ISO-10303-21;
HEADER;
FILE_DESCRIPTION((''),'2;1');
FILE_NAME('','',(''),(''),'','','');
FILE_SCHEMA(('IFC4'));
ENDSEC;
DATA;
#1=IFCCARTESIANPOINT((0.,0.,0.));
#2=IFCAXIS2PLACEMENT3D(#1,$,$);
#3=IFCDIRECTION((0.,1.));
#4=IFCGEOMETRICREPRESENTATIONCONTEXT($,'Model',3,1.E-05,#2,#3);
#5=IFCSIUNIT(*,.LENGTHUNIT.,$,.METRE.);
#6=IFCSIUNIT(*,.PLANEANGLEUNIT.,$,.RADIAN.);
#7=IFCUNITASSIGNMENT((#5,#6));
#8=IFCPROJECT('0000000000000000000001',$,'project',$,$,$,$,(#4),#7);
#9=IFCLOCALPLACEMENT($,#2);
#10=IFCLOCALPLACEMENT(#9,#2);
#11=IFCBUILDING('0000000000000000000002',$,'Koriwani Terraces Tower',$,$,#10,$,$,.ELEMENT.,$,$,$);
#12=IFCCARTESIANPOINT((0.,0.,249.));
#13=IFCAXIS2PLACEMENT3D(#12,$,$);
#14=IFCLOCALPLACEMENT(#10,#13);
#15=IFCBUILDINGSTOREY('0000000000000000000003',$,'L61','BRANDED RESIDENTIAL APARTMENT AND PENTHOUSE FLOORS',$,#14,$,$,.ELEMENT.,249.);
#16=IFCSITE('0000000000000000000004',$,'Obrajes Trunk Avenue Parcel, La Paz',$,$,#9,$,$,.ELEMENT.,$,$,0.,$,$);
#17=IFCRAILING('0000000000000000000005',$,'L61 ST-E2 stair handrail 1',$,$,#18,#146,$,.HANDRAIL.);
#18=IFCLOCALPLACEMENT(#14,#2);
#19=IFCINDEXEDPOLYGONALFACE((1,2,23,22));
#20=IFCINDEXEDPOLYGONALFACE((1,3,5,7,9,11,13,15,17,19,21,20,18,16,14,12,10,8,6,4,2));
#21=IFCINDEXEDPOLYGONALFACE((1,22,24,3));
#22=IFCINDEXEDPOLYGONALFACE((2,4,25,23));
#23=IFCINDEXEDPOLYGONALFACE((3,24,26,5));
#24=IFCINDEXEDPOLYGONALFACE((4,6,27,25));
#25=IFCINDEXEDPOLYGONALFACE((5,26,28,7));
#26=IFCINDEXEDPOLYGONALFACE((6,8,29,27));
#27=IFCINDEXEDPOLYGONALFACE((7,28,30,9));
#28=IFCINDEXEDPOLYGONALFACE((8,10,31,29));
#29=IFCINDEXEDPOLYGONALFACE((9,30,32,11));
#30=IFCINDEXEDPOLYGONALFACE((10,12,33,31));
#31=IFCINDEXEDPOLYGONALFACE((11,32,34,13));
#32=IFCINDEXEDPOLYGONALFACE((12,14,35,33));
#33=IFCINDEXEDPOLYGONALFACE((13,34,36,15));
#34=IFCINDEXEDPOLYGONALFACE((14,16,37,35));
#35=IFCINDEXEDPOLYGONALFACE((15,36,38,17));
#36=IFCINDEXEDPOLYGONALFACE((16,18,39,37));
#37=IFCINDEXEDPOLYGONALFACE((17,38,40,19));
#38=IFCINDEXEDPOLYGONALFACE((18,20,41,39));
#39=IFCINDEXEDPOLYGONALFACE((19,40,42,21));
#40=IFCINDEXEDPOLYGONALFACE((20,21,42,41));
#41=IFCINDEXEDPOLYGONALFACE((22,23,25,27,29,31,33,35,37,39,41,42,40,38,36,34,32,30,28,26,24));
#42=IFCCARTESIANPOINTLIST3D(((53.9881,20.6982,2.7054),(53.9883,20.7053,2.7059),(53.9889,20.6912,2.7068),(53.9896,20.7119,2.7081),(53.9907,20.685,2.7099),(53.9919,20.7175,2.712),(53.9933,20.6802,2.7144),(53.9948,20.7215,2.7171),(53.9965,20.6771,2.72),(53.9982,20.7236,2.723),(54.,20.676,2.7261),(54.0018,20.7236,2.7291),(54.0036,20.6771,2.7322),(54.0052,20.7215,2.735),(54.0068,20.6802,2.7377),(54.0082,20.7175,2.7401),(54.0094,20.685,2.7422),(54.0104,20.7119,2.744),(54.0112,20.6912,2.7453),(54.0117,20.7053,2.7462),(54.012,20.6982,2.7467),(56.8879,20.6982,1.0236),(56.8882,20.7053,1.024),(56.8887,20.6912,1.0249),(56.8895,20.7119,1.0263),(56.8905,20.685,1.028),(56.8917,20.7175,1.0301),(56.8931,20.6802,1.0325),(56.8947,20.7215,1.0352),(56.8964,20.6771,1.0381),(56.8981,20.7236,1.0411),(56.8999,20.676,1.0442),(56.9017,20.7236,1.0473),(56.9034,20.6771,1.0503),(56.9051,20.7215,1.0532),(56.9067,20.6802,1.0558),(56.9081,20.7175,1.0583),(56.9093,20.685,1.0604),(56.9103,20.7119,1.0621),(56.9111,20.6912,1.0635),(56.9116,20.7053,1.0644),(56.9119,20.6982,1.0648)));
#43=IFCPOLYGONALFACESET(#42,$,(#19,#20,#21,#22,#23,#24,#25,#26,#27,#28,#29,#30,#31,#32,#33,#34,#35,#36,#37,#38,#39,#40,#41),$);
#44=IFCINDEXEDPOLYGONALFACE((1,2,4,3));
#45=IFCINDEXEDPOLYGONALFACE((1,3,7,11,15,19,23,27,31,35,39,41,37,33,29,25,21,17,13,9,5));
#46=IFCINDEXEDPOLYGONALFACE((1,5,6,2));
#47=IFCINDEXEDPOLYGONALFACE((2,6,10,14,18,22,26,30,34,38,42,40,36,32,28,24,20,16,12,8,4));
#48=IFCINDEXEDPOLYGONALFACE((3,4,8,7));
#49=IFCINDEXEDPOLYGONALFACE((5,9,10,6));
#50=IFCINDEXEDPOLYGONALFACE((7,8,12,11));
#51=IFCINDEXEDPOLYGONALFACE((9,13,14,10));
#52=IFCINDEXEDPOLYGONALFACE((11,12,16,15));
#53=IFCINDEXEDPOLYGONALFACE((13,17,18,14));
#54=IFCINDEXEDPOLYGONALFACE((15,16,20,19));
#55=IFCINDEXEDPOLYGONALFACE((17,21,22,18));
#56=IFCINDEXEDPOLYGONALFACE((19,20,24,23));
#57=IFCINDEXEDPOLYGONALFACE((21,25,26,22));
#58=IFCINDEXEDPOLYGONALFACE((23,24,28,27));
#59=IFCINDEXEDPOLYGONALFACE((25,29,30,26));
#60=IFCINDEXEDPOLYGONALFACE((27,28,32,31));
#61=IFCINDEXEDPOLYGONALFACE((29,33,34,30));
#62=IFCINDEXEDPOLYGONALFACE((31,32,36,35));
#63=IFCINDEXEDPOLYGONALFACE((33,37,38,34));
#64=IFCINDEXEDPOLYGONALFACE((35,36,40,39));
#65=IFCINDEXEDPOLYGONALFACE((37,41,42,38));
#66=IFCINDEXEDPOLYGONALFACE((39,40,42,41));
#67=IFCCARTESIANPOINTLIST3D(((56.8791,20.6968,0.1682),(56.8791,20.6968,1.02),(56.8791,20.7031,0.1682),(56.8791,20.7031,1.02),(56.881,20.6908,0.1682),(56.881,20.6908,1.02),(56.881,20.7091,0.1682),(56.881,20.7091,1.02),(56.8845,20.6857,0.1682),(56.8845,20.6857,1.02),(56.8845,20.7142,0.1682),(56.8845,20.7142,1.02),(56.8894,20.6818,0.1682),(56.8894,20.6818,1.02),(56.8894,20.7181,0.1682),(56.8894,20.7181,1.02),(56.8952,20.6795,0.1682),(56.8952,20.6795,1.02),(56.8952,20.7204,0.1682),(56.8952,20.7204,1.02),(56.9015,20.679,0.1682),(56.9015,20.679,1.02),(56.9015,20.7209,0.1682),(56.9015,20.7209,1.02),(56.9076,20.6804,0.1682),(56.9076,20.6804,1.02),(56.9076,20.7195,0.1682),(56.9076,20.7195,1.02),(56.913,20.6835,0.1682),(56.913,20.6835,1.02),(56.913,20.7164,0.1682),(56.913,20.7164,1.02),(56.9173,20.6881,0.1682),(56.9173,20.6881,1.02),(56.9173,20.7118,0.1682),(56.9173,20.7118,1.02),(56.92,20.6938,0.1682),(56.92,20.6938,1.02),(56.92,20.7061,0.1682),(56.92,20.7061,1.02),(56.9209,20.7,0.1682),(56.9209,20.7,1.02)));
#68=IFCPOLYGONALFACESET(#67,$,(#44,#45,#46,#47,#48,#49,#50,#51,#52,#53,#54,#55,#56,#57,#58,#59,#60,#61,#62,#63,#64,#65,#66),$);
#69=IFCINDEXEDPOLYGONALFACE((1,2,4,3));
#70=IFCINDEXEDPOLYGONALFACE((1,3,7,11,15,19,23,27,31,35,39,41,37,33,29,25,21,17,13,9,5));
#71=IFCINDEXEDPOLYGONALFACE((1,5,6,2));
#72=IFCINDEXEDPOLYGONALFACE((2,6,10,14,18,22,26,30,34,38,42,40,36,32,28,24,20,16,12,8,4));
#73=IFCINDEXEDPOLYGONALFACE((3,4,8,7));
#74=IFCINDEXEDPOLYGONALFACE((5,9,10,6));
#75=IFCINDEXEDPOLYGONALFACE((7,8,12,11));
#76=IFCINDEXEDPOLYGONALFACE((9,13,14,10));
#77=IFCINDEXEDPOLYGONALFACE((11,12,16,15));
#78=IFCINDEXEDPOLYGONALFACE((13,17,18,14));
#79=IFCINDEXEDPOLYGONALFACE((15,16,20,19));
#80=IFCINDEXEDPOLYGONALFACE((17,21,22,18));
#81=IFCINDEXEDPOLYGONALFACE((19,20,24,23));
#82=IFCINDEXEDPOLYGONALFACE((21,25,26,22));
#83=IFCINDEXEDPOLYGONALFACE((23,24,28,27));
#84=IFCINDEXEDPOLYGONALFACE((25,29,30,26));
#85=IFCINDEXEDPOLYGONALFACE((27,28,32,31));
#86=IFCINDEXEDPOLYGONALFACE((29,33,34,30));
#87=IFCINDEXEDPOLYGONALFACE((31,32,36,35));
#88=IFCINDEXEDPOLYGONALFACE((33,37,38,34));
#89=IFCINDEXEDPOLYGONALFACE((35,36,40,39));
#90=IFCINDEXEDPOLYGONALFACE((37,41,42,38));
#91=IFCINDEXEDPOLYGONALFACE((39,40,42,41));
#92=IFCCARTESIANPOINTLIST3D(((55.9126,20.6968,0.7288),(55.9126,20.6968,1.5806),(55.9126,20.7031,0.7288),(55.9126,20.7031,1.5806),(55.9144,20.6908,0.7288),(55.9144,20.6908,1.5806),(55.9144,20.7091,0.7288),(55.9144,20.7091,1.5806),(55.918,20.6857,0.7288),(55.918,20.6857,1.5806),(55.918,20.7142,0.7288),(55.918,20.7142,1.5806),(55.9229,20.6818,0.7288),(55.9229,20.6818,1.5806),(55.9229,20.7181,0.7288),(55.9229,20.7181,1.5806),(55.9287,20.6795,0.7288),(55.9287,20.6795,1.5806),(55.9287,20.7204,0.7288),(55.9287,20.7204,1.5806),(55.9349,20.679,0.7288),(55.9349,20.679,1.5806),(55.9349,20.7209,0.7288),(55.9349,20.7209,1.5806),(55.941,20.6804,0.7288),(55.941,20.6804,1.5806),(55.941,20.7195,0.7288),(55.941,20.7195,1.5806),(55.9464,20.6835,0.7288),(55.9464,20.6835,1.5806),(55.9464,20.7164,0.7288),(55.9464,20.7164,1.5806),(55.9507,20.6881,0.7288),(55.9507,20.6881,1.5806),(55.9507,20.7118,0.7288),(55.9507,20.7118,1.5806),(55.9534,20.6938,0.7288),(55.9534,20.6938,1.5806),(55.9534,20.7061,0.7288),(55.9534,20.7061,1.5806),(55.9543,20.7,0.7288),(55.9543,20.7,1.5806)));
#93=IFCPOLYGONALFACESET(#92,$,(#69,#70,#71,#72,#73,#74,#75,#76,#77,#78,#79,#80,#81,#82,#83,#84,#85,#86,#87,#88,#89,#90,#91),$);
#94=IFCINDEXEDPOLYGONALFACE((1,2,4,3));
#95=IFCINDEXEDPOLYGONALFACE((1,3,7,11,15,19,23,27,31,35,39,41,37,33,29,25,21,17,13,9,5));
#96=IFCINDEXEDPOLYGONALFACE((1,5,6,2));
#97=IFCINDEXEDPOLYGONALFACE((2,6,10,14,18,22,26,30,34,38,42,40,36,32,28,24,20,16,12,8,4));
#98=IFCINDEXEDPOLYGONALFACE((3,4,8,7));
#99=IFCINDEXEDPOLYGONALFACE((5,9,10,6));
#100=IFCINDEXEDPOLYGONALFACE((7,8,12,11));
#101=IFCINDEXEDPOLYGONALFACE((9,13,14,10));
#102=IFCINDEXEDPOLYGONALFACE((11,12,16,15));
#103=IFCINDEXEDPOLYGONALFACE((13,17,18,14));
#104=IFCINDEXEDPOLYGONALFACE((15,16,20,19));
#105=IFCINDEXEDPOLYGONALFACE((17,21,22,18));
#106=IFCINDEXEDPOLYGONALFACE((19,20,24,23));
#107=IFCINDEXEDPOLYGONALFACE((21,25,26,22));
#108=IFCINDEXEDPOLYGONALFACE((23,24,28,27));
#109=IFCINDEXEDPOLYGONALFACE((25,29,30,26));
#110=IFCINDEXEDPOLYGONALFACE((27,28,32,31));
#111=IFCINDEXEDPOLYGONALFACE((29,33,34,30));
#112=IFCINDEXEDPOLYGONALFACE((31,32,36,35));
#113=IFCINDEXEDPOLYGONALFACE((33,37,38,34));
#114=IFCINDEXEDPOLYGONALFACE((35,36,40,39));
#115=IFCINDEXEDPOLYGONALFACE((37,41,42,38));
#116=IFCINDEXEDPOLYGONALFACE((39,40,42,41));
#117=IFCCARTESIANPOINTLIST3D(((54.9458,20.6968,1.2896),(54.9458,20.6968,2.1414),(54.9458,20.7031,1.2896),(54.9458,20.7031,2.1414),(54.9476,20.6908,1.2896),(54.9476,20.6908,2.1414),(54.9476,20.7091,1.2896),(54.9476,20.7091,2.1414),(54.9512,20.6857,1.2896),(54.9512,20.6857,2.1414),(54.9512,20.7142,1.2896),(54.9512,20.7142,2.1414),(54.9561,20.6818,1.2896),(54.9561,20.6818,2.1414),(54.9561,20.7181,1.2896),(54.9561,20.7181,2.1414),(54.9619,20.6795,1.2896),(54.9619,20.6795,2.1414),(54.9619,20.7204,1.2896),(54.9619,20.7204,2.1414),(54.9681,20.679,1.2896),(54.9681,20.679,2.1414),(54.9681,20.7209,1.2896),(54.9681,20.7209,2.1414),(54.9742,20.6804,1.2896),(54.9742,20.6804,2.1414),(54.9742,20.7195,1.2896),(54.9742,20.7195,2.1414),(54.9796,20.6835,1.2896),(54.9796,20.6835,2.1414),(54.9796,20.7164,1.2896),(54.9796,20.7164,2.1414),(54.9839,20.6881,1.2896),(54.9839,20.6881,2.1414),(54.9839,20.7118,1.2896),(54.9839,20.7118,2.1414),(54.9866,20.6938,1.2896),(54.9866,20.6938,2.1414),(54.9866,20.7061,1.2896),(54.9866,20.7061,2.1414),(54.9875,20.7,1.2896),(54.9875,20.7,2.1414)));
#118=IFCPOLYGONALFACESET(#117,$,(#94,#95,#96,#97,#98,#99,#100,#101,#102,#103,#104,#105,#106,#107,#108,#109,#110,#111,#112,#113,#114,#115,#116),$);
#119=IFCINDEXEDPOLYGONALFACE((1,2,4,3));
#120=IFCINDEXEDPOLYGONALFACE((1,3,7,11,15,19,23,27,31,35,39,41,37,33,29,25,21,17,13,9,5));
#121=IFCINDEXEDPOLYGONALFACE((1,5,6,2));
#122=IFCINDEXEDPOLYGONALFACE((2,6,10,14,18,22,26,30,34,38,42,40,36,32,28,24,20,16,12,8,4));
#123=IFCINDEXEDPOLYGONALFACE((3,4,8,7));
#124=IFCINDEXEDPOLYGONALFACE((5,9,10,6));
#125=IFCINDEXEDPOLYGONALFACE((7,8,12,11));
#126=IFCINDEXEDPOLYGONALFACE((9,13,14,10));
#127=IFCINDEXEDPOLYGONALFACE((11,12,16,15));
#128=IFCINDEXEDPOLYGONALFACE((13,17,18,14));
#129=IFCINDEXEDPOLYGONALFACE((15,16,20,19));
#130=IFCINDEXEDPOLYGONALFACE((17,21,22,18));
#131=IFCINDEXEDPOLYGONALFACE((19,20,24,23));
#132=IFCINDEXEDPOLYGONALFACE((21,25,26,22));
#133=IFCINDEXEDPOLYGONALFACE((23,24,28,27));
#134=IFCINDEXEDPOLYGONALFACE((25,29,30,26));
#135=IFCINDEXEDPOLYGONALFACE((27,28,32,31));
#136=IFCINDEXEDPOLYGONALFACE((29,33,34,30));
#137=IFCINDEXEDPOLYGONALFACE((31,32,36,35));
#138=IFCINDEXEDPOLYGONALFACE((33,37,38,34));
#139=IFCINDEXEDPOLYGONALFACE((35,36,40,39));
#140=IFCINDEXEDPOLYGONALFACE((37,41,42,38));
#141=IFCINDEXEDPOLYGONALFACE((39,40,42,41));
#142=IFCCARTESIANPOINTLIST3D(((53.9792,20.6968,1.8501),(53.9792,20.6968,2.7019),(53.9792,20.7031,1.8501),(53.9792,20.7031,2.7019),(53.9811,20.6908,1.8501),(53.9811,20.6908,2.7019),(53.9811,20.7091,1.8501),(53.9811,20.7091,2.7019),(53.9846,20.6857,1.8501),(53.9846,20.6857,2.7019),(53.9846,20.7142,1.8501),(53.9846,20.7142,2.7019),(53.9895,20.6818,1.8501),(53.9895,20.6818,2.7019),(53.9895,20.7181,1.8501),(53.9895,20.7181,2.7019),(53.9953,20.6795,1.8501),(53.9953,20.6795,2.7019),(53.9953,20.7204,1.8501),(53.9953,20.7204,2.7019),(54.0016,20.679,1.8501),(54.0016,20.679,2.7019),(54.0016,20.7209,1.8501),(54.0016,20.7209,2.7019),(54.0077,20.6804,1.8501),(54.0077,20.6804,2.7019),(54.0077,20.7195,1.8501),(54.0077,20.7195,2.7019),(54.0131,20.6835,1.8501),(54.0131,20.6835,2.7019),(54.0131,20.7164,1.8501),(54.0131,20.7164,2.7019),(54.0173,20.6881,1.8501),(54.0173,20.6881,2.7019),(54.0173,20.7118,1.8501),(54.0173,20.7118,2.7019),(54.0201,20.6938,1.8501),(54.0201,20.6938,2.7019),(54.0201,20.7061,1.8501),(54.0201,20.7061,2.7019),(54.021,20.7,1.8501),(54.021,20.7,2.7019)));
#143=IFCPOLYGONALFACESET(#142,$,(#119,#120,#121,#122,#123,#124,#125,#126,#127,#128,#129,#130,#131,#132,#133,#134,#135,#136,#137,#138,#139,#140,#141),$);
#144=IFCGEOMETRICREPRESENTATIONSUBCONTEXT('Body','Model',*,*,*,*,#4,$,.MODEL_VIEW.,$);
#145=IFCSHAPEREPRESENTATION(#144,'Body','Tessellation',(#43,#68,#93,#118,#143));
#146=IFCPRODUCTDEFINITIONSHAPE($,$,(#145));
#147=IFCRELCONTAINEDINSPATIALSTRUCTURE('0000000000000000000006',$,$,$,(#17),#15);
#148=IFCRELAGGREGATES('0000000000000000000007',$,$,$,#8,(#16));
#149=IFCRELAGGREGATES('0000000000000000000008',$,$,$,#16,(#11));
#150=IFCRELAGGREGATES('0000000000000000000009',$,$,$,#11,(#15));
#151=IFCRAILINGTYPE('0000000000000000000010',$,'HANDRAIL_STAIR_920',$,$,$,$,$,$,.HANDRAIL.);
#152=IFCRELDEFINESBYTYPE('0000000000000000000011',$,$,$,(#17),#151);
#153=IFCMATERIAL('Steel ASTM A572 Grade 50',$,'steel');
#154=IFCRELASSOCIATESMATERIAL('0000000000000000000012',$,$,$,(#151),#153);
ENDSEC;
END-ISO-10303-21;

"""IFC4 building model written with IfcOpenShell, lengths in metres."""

from ifc_helpers import new_model, si_unit, direction, frame, origin, origin_2d, place, context, subcontext, project, spatial, circle, extrude, material, type_object, element, save


model = new_model("IFC4")

# Units and contexts
model_context = context("Model", 3, precision=1e-05, world=origin(), true_north=direction((0.0, 1.0)))
body_context = subcontext(model_context, "Body", "Model", "MODEL_VIEW")
ifc_project = project(units=[si_unit("LENGTHUNIT", "METRE"), si_unit("PLANEANGLEUNIT", "RADIAN")], contexts=[model_context])

# Site, building, storey
site_placement = place(None, origin())
site = spatial("IfcSite", under=ifc_project, at=site_placement, Name="Obrajes Trunk Avenue Parcel, La Paz", CompositionType="ELEMENT", RefElevation=0.0)
building_placement = place(site_placement, origin())
building = spatial("IfcBuilding", under=site, at=building_placement, Name="Koriwani Terraces Tower", CompositionType="ELEMENT")
storey_placement = place(building_placement, frame((0.0, 0.0, 249.0)))
storey = spatial("IfcBuildingStorey", under=building, at=storey_placement, Name="L61", Description="BRANDED RESIDENTIAL APARTMENT AND PENTHOUSE FLOORS", CompositionType="ELEMENT", Elevation=249.0)

# Shared definitions
ifc_material_1 = material(Name="Steel ASTM A572 Grade 50", Category="steel")

# Railing
railing_type_1 = type_object("IfcRailingType", Name="HANDRAIL_STAIR_920", PredefinedType="HANDRAIL", material=ifc_material_1)
railing_1_placement = place(storey_placement, frame((56.8999, 20.7, 0.1682)))
element("IfcRailing", 1, at=railing_1_placement, inside=storey, type_object=railing_type_1, Name="L61 ST-E2 stair handrail 1", PredefinedType="HANDRAIL", context=body_context, shape_type="SweptSolid", body=[
    extrude(circle(Radius=0.0239, at=origin_2d()), frame((0.0, 0.0, 0.876), z_axis=(-0.865039, 0.0, 0.501705), x_axis=(0.0, -1.0, 0.0)), (0.0, 0.0, 1.0), 3.3523),
    extrude(circle(Radius=0.021, at=origin_2d()), origin(), (0.0, 0.0, 1.0), 0.8518),
    extrude(circle(Radius=0.021, at=origin_2d()), frame((-0.9666, 0.0, 0.5605)), (0.0, 0.0, 1.0), 0.8518),
    extrude(circle(Radius=0.021, at=origin_2d()), frame((-1.9333, 0.0, 1.1213)), (0.0, 0.0, 1.0), 0.8518),
    extrude(circle(Radius=0.021, at=origin_2d()), frame((-2.8999, 0.0, 1.6819)), (0.0, 0.0, 1.0), 0.8518),
])

save(model, "model.ifc")
